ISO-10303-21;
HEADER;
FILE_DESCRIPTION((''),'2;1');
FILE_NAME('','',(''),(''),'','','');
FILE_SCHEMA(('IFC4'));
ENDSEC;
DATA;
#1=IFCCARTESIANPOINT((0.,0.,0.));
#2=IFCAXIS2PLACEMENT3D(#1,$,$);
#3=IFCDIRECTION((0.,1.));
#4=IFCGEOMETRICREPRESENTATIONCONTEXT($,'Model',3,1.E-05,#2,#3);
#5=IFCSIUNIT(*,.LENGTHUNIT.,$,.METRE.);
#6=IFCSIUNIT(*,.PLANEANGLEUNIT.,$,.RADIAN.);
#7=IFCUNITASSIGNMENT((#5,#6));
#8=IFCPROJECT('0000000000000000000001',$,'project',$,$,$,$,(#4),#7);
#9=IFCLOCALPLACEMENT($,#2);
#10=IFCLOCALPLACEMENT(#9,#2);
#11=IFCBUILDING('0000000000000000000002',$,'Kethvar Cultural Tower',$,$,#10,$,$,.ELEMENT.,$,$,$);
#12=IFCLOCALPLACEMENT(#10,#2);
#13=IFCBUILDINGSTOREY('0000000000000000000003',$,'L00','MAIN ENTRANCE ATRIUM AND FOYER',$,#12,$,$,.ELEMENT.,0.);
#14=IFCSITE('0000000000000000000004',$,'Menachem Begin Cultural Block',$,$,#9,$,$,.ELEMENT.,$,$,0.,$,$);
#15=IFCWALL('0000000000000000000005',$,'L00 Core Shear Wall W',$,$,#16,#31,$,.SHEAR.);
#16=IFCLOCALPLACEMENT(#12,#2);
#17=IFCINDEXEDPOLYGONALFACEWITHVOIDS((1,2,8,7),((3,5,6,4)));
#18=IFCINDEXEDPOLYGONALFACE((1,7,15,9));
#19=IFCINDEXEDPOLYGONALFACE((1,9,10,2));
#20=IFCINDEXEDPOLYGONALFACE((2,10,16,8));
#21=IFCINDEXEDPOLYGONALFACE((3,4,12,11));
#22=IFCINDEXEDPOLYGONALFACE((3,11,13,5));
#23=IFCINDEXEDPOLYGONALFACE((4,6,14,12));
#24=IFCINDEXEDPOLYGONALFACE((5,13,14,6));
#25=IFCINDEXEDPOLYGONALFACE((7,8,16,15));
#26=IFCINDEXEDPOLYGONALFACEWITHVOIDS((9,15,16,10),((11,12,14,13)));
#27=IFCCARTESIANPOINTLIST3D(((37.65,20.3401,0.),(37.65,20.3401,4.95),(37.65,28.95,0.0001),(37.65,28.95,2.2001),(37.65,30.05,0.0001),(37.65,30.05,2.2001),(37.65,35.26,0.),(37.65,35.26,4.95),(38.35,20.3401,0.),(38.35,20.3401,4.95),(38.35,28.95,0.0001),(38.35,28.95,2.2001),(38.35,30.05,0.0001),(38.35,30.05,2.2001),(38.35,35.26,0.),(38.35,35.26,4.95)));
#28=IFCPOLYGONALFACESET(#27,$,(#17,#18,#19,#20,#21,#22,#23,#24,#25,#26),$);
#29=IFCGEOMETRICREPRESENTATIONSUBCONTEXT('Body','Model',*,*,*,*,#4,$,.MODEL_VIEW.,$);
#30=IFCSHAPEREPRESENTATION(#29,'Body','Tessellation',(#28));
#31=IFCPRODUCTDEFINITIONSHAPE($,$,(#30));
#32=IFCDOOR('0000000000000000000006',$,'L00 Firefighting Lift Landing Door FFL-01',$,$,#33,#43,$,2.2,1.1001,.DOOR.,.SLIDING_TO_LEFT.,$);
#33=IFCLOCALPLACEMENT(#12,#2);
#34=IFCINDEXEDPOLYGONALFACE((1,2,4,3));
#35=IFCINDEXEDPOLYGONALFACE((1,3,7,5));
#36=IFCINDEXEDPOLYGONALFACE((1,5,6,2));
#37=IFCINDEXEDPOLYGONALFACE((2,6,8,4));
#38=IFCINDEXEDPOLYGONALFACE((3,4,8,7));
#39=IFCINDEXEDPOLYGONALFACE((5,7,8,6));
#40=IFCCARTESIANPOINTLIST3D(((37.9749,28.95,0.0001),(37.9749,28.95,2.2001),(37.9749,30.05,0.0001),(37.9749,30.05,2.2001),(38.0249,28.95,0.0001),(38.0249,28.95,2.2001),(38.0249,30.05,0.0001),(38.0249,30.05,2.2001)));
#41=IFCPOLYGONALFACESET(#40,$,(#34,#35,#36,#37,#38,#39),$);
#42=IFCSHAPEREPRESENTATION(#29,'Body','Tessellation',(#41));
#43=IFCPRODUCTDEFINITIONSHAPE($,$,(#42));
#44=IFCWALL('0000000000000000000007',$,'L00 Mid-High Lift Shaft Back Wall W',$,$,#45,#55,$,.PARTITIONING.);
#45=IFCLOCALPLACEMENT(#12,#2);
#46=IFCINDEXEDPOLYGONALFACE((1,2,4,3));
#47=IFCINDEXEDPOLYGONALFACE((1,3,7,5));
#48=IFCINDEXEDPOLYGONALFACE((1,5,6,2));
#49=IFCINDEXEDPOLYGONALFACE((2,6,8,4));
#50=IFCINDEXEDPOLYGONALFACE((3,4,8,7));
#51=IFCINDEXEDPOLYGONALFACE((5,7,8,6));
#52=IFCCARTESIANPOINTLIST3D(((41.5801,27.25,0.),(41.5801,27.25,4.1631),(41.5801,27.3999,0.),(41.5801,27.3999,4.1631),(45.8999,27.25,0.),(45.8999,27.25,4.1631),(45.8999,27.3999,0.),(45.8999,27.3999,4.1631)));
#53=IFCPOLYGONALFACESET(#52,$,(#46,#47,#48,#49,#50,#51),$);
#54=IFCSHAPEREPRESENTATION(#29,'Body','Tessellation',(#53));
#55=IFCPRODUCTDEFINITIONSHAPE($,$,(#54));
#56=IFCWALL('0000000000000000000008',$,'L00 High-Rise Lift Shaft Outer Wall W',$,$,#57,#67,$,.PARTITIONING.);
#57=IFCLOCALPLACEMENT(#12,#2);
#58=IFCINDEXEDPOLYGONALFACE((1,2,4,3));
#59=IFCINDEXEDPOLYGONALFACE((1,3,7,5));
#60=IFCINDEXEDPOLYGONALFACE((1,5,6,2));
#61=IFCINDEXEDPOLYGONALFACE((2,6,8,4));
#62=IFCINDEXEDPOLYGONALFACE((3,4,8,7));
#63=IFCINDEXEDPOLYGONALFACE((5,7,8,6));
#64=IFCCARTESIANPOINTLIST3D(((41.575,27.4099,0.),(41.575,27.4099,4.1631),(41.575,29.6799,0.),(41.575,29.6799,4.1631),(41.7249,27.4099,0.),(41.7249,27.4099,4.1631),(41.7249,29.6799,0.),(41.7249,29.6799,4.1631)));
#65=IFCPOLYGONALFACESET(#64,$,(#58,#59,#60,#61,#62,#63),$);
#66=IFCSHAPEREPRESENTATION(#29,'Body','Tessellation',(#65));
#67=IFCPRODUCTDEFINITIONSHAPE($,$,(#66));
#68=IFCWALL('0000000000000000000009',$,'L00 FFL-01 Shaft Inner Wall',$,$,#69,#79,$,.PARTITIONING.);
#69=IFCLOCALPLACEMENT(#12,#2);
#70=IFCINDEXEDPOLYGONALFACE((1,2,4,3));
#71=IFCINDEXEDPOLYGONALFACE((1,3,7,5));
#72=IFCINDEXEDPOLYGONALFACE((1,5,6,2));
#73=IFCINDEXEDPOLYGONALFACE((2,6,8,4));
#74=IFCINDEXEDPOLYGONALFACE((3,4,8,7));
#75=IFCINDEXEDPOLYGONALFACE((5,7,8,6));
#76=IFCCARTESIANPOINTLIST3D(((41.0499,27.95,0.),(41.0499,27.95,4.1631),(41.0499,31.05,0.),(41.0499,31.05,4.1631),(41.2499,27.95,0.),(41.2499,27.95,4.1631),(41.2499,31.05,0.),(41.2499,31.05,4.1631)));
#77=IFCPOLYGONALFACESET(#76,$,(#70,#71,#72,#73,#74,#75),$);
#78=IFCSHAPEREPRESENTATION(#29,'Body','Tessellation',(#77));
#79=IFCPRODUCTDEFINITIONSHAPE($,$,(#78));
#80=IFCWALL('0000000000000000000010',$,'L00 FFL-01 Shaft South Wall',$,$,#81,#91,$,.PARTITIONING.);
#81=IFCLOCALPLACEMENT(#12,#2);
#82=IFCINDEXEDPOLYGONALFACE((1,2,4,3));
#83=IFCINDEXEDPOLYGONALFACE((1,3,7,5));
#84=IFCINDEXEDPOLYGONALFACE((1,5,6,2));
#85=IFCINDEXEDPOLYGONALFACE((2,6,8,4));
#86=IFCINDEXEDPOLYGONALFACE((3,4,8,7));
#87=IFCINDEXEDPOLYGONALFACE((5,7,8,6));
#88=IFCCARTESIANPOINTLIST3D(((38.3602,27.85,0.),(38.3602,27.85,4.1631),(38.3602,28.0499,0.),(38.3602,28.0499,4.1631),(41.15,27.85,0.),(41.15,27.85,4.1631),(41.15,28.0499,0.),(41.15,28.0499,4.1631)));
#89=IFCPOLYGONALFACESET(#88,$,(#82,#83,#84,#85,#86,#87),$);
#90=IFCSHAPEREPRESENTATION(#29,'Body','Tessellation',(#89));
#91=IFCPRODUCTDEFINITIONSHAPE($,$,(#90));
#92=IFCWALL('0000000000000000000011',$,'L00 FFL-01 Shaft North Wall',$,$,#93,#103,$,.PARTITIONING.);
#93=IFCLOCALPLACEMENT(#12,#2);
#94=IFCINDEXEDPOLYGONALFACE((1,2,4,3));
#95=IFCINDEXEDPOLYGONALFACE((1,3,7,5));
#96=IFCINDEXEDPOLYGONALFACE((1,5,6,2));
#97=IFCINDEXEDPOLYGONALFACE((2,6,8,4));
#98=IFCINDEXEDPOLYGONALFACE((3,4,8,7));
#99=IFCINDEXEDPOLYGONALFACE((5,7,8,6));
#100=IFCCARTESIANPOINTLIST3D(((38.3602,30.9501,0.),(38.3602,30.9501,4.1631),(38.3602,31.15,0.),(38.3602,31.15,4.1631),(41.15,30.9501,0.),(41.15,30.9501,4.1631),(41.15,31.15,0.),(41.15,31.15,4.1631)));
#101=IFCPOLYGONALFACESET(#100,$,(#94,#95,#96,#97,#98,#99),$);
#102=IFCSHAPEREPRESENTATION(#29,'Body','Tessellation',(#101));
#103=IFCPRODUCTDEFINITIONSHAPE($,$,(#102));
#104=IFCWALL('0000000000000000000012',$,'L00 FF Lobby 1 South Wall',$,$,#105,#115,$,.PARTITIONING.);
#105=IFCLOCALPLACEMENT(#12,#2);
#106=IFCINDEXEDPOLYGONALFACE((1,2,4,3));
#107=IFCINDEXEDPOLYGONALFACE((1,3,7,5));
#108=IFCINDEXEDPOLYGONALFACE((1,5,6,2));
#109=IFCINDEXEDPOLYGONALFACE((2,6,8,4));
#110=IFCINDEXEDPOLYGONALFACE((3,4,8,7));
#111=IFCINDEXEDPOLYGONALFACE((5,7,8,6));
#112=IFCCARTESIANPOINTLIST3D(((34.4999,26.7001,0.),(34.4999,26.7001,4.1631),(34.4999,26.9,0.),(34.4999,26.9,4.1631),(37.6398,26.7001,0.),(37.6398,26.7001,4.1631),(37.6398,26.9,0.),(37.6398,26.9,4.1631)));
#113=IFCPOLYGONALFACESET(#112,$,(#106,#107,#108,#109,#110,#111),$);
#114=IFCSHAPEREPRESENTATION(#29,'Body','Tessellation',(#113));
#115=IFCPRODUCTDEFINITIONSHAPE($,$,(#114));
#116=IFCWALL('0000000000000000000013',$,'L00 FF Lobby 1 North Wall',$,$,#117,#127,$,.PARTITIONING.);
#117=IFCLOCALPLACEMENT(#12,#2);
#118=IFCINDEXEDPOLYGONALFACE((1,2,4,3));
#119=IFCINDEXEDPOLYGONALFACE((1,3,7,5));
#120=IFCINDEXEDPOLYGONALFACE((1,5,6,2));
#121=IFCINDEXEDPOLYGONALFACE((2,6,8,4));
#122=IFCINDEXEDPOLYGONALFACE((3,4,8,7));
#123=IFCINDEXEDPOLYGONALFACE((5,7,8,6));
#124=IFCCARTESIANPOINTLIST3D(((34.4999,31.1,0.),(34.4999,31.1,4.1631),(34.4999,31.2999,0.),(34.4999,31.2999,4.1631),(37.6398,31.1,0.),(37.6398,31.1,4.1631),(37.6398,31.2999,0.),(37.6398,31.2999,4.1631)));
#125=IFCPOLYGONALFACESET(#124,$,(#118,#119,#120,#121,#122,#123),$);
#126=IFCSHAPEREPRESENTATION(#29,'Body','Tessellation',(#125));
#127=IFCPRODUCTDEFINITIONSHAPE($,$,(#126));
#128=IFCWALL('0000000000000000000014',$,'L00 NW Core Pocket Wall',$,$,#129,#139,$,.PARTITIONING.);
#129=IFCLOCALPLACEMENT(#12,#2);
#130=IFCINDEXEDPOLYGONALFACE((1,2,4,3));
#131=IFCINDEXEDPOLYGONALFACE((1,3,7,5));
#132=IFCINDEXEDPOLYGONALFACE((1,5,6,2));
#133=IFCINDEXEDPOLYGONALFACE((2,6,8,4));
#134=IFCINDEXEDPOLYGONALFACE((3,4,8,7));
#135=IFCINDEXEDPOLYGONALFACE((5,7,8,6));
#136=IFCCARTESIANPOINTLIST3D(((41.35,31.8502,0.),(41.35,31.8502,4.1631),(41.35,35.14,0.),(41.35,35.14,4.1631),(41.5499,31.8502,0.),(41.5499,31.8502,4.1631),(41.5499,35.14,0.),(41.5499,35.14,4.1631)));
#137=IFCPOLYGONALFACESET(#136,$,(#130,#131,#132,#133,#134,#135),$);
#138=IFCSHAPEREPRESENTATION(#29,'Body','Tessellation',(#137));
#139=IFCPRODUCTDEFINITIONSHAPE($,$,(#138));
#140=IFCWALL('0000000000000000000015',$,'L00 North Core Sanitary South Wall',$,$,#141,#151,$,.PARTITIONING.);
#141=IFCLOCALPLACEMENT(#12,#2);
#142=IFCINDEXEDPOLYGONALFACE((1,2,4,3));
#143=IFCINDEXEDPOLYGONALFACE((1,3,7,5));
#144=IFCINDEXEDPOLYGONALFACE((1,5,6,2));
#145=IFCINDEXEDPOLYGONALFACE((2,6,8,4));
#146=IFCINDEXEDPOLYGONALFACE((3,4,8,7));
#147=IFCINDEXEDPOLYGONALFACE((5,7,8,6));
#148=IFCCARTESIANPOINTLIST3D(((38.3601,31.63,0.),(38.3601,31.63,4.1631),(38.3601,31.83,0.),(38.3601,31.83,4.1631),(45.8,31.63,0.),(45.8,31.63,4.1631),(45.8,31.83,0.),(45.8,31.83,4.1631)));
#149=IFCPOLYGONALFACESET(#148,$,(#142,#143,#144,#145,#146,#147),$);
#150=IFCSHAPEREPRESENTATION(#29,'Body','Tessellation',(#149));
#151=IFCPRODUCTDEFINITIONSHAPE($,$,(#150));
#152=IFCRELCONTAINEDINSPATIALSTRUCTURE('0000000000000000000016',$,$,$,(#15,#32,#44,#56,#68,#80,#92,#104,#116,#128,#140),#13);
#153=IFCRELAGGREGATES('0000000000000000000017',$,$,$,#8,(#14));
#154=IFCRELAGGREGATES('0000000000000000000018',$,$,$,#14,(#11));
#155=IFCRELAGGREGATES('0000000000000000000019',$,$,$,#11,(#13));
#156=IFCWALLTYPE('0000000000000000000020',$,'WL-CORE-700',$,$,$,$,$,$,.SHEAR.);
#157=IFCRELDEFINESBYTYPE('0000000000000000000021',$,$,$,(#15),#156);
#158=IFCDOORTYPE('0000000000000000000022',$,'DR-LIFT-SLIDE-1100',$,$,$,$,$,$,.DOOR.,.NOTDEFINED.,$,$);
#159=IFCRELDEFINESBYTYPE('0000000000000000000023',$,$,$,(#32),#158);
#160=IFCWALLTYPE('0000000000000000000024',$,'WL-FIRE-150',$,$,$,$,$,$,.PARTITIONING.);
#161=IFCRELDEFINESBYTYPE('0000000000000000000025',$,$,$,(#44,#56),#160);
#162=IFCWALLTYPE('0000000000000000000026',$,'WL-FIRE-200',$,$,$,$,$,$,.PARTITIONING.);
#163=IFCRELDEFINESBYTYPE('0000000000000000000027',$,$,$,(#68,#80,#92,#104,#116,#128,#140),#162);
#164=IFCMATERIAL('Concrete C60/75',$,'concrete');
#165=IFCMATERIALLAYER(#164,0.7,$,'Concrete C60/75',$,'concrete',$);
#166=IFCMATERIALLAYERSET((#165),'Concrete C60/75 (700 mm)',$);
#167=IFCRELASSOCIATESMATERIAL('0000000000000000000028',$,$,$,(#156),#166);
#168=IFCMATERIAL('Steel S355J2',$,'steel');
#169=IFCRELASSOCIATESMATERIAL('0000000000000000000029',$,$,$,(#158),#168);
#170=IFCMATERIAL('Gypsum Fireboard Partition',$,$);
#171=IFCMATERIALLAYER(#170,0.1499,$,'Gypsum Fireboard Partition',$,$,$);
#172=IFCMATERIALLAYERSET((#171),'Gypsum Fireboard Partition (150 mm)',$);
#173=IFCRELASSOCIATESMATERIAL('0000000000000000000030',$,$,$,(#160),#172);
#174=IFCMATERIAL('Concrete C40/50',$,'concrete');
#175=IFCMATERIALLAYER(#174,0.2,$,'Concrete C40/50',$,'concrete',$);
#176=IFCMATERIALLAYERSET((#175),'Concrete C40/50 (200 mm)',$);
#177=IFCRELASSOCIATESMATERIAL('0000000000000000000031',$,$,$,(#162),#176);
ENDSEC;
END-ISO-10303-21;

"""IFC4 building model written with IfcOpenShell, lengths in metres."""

from ifc_helpers import new_model, si_unit, direction, frame, frame_2d, origin, place, context, subcontext, project, spatial, rectangle, extrude, source, transform, mapped, material, layer, layer_set, type_object, element, fill, save


model = new_model("IFC4")

# Units and contexts
model_context = context("Model", 3, precision=1e-05, world=origin(), true_north=direction((0.0, 1.0)))
body_context = subcontext(model_context, "Body", "Model", "MODEL_VIEW")
ifc_project = project(units=[si_unit("LENGTHUNIT", "METRE"), si_unit("PLANEANGLEUNIT", "RADIAN")], contexts=[model_context])

# Site, building, storey
site_placement = place(None, origin())
site = spatial("IfcSite", under=ifc_project, at=site_placement, Name="Menachem Begin Cultural Block", CompositionType="ELEMENT", RefElevation=0.0)
building_placement = place(site_placement, origin())
building = spatial("IfcBuilding", under=site, at=building_placement, Name="Kethvar Cultural Tower", CompositionType="ELEMENT")
storey_placement = place(building_placement, origin())
storey = spatial("IfcBuildingStorey", under=building, at=storey_placement, Name="L00", Description="MAIN ENTRANCE ATRIUM AND FOYER", CompositionType="ELEMENT", Elevation=0.0)

# Shared definitions
ifc_material_1 = material(Name="Steel S355J2", Category="steel")

# Wall, opening, door
ifc_material_2 = material(Name="Concrete C60/75", Category="concrete")
ifc_layer_1 = layer(ifc_material_2, 0.7, Name="Concrete C60/75", Category="concrete")
ifc_layer_set_1 = layer_set([ifc_layer_1], Name="Concrete C60/75 (700 mm)")
wall_type_1 = type_object("IfcWallType", Name="WL-CORE-700", PredefinedType="SHEAR", material=ifc_layer_set_1)
wall_1_placement = place(storey_placement, frame((38.0, 35.26, 0.0), z_axis=(0.0, 0.0, 1.0), x_axis=(0.0, -1.0, 0.0)))
wall_1 = element("IfcWall", 1, at=wall_1_placement, inside=storey, type_object=wall_type_1, Name="L00 Core Shear Wall W", PredefinedType="SHEAR", context=body_context, shape_type="SweptSolid", body=[
    extrude(rectangle(XDim=14.9199, YDim=0.7, at=frame_2d((7.46, 0.0))), origin(), (0.0, 0.0, 1.0), 4.95),
])
opening_1_placement = place(wall_1_placement, frame((5.21, 0.0, 0.0)))
opening_1 = element("IfcOpeningElement", 2, at=opening_1_placement, cuts=wall_1, PredefinedType="OPENING", context=body_context, shape_type="SweptSolid", body=[
    extrude(rectangle(XDim=1.1001, YDim=2.2, at=frame_2d((0.55, 1.1001))), frame((0.0, 0.3599, 0.0), z_axis=(0.0, -1.0, 0.0), x_axis=(1.0, 0.0, 0.0)), (0.0, 0.0, 1.0), 0.72),
])
door_type_1 = type_object("IfcDoorType", Name="DR-LIFT-SLIDE-1100", OperationType="NOTDEFINED", PredefinedType="DOOR", material=ifc_material_1)
shared_shape_1 = source(origin(), body_context, "Body", "SweptSolid", [
    extrude(rectangle(XDim=1.1001, YDim=2.2, at=frame_2d((0.55, 1.1001))), frame((0.0, 0.0249, 0.0), z_axis=(0.0, -1.0, 0.0), x_axis=(1.0, 0.0, 0.0)), (0.0, 0.0, 1.0), 0.05),
])
door_1_placement = place(opening_1_placement, origin())
door_1 = element("IfcDoor", 3, at=door_1_placement, inside=storey, type_object=door_type_1, Name="L00 Firefighting Lift Landing Door FFL-01", OperationType="SLIDING_TO_LEFT", OverallHeight=2.2, OverallWidth=1.1001, PredefinedType="DOOR", context=body_context, shape_type="MappedRepresentation", body=[
    mapped(shared_shape_1, transform((0.0, 0.0, 0.0), scale=1.0)),
])
fill(opening_1, door_1)

# Walls
ifc_material_3 = material(Name="Gypsum Fireboard Partition")
ifc_layer_2 = layer(ifc_material_3, 0.1499, Name="Gypsum Fireboard Partition")
ifc_layer_set_2 = layer_set([ifc_layer_2], Name="Gypsum Fireboard Partition (150 mm)")
wall_type_2 = type_object("IfcWallType", Name="WL-FIRE-150", PredefinedType="PARTITIONING", material=ifc_layer_set_2)
wall_2_placement = place(storey_placement, frame((41.5801, 27.325, 0.0), z_axis=(0.0, 0.0, 1.0), x_axis=(1.0, 0.0, 0.0)))
element("IfcWall", 4, at=wall_2_placement, inside=storey, type_object=wall_type_2, Name="L00 Mid-High Lift Shaft Back Wall W", PredefinedType="PARTITIONING", context=body_context, shape_type="SweptSolid", body=[
    extrude(rectangle(XDim=4.3198, YDim=0.1499, at=frame_2d((2.1599, 0.0))), origin(), (0.0, 0.0, 1.0), 4.1631),
])
wall_3_placement = place(storey_placement, frame((41.6499, 27.4099, 0.0), z_axis=(0.0, 0.0, 1.0), x_axis=(0.0, 1.0, 0.0)))
element("IfcWall", 5, at=wall_3_placement, inside=storey, type_object=wall_type_2, Name="L00 High-Rise Lift Shaft Outer Wall W", PredefinedType="PARTITIONING", context=body_context, shape_type="SweptSolid", body=[
    extrude(rectangle(XDim=2.27, YDim=0.1499, at=frame_2d((1.135, 0.0))), origin(), (0.0, 0.0, 1.0), 4.1631),
])
ifc_material_4 = material(Name="Concrete C40/50", Category="concrete")
ifc_layer_3 = layer(ifc_material_4, 0.2, Name="Concrete C40/50", Category="concrete")
ifc_layer_set_3 = layer_set([ifc_layer_3], Name="Concrete C40/50 (200 mm)")
wall_type_3 = type_object("IfcWallType", Name="WL-FIRE-200", PredefinedType="PARTITIONING", material=ifc_layer_set_3)
wall_4_placement = place(storey_placement, frame((41.1499, 27.95, 0.0), z_axis=(0.0, 0.0, 1.0), x_axis=(0.0, 1.0, 0.0)))
element("IfcWall", 6, at=wall_4_placement, inside=storey, type_object=wall_type_3, Name="L00 FFL-01 Shaft Inner Wall", PredefinedType="PARTITIONING", context=body_context, shape_type="SweptSolid", body=[
    extrude(rectangle(XDim=3.1001, YDim=0.2, at=frame_2d((1.55, 0.0))), origin(), (0.0, 0.0, 1.0), 4.1631),
])
for number, where, z_axis, x_axis, name in (
    (7, (38.3601, 27.95, 0.0), (0.0, 0.0, 1.0), (1.0, 0.0, 0.0), "L00 FFL-01 Shaft South Wall"),
    (8, (38.3601, 31.05, 0.0), (0.0, 0.0, 1.0), (1.0, 0.0, 0.0), "L00 FFL-01 Shaft North Wall"),
):
    element("IfcWall", number, at=place(storey_placement, frame(where, z_axis=z_axis, x_axis=x_axis)), inside=storey, type_object=wall_type_3, Name=name, PredefinedType="PARTITIONING", context=body_context, shape_type="SweptSolid", body=[
        extrude(rectangle(XDim=2.7898, YDim=0.2, at=frame_2d((1.395, 0.0))), origin(), (0.0, 0.0, 1.0), 4.1631),
    ])

# Walls
for number, where, z_axis, x_axis, name in (
    (9, (34.5, 26.8, 0.0), (0.0, 0.0, 1.0), (1.0, 0.0, 0.0), "L00 FF Lobby 1 South Wall"),
    (10, (34.5, 31.2, 0.0), (0.0, 0.0, 1.0), (1.0, 0.0, 0.0), "L00 FF Lobby 1 North Wall"),
):
    element("IfcWall", number, at=place(storey_placement, frame(where, z_axis=z_axis, x_axis=x_axis)), inside=storey, type_object=wall_type_3, Name=name, PredefinedType="PARTITIONING", context=body_context, shape_type="SweptSolid", body=[
        extrude(rectangle(XDim=3.1399, YDim=0.2, at=frame_2d((1.5698, 0.0))), origin(), (0.0, 0.0, 1.0), 4.1631),
    ])
wall_5_placement = place(storey_placement, frame((41.45, 31.8501, 0.0), z_axis=(0.0, 0.0, 1.0), x_axis=(0.0, 1.0, 0.0)))
element("IfcWall", 11, at=wall_5_placement, inside=storey, type_object=wall_type_3, Name="L00 NW Core Pocket Wall", PredefinedType="PARTITIONING", context=body_context, shape_type="SweptSolid", body=[
    extrude(rectangle(XDim=3.2898, YDim=0.2, at=frame_2d((1.645, 0.0))), origin(), (0.0, 0.0, 1.0), 4.1631),
])
wall_6_placement = place(storey_placement, frame((38.3601, 31.73, 0.0), z_axis=(0.0, 0.0, 1.0), x_axis=(1.0, 0.0, 0.0)))
element("IfcWall", 12, at=wall_6_placement, inside=storey, type_object=wall_type_3, Name="L00 North Core Sanitary South Wall", PredefinedType="PARTITIONING", context=body_context, shape_type="SweptSolid", body=[
    extrude(rectangle(XDim=7.4399, YDim=0.2, at=frame_2d((3.72, 0.0))), origin(), (0.0, 0.0, 1.0), 4.1631),
])

save(model, "model.ifc")
